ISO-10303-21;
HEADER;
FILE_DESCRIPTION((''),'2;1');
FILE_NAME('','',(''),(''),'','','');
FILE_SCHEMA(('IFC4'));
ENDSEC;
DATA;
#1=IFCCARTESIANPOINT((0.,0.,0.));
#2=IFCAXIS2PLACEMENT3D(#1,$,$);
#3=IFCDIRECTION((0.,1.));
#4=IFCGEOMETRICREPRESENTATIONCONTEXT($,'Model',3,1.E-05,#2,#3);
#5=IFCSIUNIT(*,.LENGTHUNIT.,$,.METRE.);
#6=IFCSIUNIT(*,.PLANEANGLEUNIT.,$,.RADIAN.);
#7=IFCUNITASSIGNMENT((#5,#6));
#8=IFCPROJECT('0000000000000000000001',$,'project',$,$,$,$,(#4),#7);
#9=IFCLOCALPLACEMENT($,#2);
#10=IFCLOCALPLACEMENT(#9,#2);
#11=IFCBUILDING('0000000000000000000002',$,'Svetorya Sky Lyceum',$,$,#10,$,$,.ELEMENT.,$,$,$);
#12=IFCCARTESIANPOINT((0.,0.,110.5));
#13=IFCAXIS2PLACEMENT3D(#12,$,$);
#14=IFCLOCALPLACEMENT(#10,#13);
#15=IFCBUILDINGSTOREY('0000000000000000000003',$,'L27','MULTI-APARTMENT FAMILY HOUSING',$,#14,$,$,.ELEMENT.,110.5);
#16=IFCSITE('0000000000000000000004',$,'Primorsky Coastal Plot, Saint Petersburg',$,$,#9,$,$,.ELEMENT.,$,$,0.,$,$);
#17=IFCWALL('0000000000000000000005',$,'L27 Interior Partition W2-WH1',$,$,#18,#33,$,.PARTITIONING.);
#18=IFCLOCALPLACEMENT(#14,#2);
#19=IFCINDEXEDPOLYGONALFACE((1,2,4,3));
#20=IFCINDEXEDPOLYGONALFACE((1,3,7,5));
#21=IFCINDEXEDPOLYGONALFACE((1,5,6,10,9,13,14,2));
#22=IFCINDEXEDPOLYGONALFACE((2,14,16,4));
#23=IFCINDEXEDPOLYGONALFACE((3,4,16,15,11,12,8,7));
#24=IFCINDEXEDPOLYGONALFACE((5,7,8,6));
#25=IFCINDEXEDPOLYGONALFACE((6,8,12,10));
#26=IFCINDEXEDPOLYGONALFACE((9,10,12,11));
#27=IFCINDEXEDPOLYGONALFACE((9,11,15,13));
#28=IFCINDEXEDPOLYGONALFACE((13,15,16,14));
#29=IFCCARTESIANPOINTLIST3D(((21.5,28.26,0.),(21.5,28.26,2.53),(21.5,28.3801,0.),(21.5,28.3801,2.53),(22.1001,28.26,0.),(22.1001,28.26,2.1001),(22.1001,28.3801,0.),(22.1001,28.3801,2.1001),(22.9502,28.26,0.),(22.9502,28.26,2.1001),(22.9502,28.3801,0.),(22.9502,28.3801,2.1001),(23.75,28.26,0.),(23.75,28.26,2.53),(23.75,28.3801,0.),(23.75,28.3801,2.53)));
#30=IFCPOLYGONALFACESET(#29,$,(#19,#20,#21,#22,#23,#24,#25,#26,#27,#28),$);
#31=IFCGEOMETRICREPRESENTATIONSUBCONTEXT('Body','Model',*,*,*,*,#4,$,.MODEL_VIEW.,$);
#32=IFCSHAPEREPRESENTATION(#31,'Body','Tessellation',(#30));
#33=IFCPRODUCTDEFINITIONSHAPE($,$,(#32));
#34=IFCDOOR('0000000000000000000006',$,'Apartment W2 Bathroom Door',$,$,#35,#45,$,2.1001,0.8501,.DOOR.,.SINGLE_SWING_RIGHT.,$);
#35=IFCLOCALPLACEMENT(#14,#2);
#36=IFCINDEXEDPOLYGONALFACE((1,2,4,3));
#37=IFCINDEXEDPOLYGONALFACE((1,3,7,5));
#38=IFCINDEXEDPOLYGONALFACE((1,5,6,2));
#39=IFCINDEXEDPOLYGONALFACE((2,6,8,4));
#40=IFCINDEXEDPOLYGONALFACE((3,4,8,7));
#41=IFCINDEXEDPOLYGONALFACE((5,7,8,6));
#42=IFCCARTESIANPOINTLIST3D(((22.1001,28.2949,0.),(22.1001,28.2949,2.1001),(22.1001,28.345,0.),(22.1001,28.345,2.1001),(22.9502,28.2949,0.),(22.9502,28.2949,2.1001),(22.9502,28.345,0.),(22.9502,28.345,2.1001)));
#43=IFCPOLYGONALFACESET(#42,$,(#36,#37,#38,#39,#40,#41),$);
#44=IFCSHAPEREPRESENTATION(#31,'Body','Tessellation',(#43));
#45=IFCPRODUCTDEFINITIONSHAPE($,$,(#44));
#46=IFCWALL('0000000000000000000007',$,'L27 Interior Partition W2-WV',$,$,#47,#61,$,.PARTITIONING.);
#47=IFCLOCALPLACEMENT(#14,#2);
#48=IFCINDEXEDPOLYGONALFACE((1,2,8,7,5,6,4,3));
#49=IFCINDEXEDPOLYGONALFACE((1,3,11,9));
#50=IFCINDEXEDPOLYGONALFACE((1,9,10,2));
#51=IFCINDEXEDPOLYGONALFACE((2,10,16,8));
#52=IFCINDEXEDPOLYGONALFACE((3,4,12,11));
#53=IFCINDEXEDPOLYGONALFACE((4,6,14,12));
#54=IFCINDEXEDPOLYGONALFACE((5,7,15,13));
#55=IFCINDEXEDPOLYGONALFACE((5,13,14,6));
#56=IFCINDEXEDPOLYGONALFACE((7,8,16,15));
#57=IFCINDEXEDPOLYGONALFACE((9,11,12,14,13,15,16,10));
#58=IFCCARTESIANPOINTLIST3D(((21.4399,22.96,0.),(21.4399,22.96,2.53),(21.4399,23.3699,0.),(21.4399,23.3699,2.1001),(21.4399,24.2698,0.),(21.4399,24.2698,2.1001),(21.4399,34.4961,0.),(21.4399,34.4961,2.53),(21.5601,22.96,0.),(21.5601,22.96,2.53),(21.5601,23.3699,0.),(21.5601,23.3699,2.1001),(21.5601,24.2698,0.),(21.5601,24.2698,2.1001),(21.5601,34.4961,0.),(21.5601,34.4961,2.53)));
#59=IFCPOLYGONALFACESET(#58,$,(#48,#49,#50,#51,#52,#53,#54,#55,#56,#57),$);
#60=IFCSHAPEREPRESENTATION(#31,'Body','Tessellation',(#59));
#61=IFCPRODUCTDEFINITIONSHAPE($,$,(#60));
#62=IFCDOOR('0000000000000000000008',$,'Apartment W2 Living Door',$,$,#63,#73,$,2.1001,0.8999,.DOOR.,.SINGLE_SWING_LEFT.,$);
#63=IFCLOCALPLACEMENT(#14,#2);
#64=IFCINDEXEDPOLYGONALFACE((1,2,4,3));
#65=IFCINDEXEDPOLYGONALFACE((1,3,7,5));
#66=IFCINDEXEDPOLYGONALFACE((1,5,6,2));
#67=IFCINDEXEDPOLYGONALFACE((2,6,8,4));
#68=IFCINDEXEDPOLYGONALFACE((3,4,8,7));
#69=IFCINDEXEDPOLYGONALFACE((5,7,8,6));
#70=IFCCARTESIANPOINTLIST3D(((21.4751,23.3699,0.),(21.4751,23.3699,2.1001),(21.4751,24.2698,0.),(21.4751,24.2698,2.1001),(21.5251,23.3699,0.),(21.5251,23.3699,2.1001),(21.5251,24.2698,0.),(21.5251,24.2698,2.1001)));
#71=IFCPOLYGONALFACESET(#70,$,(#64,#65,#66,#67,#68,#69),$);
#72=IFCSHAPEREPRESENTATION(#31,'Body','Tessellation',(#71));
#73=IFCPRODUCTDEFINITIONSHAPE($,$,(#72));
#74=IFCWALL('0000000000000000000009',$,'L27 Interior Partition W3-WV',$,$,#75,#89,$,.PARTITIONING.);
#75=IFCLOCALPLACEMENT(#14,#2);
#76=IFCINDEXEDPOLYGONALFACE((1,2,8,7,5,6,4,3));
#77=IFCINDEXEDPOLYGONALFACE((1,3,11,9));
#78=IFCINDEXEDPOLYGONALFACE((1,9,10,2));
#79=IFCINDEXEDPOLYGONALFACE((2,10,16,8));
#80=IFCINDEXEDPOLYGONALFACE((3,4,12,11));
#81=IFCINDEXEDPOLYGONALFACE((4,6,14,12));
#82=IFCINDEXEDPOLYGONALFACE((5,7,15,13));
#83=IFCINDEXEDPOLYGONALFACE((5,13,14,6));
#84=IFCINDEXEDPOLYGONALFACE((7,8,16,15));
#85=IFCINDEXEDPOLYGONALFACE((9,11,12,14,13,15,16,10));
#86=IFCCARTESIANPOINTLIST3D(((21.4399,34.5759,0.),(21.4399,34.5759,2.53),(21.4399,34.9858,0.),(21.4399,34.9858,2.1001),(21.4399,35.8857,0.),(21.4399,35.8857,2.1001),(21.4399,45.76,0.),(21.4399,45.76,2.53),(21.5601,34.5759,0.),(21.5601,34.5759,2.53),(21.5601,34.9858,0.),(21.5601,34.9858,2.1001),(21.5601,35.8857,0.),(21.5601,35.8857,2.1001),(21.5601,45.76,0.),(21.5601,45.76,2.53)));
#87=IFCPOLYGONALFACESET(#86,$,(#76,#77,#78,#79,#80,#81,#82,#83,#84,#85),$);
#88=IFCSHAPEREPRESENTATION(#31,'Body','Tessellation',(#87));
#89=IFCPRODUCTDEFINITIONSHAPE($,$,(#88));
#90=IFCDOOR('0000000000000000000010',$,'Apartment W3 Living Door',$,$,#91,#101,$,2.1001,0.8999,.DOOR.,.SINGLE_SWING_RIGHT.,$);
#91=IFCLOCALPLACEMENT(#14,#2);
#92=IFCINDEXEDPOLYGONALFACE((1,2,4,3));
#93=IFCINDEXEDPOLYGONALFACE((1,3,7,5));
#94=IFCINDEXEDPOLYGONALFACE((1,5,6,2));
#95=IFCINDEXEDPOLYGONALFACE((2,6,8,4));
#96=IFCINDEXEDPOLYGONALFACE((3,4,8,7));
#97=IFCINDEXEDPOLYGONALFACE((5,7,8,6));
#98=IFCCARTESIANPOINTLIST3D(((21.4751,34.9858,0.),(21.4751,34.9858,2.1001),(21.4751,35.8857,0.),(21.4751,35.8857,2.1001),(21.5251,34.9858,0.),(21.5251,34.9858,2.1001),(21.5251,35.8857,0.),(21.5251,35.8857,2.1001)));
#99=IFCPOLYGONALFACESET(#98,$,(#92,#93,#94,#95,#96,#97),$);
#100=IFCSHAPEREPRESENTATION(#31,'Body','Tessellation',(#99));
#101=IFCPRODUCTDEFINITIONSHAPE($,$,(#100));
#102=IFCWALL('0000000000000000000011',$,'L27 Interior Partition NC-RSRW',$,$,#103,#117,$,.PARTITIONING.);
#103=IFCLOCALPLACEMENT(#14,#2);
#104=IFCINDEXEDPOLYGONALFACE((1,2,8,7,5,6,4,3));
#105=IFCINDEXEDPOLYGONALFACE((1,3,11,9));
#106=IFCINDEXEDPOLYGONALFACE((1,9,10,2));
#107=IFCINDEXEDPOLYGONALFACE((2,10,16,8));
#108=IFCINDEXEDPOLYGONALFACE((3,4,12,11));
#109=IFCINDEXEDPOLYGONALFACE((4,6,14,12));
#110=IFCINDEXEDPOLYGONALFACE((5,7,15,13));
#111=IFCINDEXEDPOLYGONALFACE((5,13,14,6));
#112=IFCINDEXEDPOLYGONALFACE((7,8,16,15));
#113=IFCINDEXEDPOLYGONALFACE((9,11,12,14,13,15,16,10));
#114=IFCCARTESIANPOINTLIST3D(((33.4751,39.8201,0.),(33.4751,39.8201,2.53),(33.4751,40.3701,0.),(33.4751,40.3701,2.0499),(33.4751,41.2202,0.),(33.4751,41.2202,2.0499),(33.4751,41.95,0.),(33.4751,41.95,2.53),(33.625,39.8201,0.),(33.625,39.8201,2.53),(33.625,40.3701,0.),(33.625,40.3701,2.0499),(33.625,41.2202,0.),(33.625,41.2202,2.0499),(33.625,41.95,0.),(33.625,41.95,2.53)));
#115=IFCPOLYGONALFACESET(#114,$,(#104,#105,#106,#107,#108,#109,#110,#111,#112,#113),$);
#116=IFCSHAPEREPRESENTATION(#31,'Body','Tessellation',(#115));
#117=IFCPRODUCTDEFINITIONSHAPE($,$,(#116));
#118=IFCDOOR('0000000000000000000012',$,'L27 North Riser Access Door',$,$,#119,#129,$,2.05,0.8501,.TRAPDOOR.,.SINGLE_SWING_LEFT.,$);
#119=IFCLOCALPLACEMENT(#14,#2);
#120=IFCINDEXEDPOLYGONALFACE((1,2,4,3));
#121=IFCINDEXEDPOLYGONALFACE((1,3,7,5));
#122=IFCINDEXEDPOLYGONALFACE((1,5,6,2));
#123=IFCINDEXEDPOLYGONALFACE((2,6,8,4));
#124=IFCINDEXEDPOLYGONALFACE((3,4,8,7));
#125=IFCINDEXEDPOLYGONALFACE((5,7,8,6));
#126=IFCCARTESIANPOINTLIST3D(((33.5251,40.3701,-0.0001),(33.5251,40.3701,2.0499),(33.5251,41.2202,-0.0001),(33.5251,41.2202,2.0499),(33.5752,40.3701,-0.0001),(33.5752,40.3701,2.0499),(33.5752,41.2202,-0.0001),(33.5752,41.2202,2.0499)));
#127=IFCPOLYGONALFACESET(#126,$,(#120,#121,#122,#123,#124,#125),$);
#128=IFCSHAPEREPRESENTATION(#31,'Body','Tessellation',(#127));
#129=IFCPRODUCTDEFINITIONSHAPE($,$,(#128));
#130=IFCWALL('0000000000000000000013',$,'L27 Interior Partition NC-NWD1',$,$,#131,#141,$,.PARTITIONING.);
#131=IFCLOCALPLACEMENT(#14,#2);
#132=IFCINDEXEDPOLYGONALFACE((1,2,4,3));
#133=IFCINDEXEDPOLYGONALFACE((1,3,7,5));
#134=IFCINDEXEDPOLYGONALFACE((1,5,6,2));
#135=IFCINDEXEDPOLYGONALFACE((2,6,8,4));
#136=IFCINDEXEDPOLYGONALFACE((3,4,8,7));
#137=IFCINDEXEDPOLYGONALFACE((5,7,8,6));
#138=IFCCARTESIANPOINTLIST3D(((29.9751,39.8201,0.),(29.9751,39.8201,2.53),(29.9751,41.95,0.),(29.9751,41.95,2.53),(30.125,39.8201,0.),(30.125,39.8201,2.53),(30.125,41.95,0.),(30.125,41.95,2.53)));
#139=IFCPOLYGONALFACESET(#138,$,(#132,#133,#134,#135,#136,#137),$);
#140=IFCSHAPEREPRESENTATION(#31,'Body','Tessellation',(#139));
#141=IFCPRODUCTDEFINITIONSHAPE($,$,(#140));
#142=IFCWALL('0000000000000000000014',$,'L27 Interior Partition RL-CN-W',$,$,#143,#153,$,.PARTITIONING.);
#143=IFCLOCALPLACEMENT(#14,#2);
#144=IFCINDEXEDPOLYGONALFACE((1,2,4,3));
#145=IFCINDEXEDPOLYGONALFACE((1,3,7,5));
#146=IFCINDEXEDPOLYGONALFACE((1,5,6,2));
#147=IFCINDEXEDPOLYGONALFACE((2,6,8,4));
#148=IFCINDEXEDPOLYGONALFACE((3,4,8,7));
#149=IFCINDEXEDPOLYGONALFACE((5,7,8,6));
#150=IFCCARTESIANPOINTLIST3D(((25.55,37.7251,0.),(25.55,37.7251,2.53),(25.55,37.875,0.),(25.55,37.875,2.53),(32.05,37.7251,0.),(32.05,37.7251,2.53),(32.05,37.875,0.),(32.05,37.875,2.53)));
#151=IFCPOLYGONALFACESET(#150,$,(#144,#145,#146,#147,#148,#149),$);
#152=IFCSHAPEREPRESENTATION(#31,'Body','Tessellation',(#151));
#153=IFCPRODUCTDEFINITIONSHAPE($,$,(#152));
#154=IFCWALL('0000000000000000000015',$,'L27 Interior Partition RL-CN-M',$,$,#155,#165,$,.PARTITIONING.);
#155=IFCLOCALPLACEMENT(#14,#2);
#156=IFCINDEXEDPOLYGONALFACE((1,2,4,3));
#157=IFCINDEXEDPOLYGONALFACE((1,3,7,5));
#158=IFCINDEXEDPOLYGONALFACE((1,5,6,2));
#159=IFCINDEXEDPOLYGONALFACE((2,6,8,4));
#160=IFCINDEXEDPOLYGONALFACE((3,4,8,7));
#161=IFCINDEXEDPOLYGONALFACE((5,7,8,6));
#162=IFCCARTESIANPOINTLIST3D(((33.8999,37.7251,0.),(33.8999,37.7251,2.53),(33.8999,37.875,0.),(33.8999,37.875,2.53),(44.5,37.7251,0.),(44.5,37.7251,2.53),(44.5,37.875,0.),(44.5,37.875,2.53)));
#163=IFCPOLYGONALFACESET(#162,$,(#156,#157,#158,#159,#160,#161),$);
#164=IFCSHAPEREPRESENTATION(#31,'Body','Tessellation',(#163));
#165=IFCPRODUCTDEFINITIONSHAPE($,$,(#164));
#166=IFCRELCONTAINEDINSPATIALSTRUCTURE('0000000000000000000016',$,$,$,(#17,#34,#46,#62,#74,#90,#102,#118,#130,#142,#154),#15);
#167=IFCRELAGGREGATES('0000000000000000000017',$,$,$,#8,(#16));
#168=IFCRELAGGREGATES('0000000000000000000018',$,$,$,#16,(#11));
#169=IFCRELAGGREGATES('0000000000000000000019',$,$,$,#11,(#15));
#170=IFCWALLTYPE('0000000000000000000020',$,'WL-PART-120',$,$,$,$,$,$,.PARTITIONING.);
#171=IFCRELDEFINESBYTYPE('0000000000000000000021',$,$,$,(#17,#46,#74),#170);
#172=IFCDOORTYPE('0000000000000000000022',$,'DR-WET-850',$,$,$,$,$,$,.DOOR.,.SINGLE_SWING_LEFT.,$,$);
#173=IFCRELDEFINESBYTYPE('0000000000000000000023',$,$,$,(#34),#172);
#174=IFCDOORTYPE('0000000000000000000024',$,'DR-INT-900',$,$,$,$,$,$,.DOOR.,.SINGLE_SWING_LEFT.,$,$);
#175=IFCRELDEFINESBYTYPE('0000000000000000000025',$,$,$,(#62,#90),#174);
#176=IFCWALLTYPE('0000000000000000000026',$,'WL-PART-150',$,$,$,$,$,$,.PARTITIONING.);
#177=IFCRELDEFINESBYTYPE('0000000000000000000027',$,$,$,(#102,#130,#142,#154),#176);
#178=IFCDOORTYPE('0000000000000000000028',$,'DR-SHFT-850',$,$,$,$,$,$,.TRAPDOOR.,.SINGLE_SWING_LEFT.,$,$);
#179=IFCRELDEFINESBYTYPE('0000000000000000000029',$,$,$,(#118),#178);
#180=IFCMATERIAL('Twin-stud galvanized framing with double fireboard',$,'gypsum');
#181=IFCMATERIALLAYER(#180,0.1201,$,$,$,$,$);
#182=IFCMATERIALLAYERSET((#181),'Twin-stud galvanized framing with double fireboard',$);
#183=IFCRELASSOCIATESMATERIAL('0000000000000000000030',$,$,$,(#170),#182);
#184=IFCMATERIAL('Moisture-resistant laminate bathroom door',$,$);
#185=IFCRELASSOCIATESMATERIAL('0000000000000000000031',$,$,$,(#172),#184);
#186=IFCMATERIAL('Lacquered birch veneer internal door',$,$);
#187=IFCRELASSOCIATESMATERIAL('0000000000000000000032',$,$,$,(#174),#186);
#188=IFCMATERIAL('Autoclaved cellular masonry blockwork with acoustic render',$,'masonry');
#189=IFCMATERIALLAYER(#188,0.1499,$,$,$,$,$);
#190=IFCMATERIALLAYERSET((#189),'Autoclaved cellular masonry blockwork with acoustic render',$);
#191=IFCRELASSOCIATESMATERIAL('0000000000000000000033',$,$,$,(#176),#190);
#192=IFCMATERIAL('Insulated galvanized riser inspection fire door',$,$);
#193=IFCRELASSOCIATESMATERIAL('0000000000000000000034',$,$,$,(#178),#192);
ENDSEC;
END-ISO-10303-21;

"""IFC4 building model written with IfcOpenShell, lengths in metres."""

from ifc_helpers import new_model, si_unit, direction, frame, frame_2d, origin, place, context, subcontext, project, spatial, rectangle, extrude, material, layer, layer_set, type_object, element, fill, save


model = new_model("IFC4")

# Units and contexts
model_context = context("Model", 3, precision=1e-05, world=origin(), true_north=direction((0.0, 1.0)))
body_context = subcontext(model_context, "Body", "Model", "MODEL_VIEW")
ifc_project = project(units=[si_unit("LENGTHUNIT", "METRE"), si_unit("PLANEANGLEUNIT", "RADIAN")], contexts=[model_context])

# Site, building, storey
site_placement = place(None, origin())
site = spatial("IfcSite", under=ifc_project, at=site_placement, Name="Primorsky Coastal Plot, Saint Petersburg", CompositionType="ELEMENT", RefElevation=0.0)
building_placement = place(site_placement, origin())
building = spatial("IfcBuilding", under=site, at=building_placement, Name="Svetorya Sky Lyceum", CompositionType="ELEMENT")
storey_placement = place(building_placement, frame((0.0, 0.0, 110.5)))
storey = spatial("IfcBuildingStorey", under=building, at=storey_placement, Name="L27", Description="MULTI-APARTMENT FAMILY HOUSING", CompositionType="ELEMENT", Elevation=110.5)

# Walls, openings, doors
ifc_material_1 = material(Name="Twin-stud galvanized framing with double fireboard", Category="gypsum")
ifc_layer_1 = layer(ifc_material_1, 0.1201)
ifc_layer_set_1 = layer_set([ifc_layer_1], Name="Twin-stud galvanized framing with double fireboard")
wall_type_1 = type_object("IfcWallType", Name="WL-PART-120", PredefinedType="PARTITIONING", material=ifc_layer_set_1)
wall_1_placement = place(storey_placement, frame((21.5, 28.3201, 0.0), z_axis=(0.0, 0.0, 1.0), x_axis=(1.0, 0.0, 0.0)))
wall_1 = element("IfcWall", 1, at=wall_1_placement, inside=storey, type_object=wall_type_1, Name="L27 Interior Partition W2-WH1", PredefinedType="PARTITIONING", context=body_context, shape_type="SweptSolid", body=[
    extrude(rectangle(XDim=2.25, YDim=0.1201, at=frame_2d((1.125, 0.0))), origin(), (0.0, 0.0, 1.0), 2.53),
])
opening_1_placement = place(wall_1_placement, frame((0.6001, 0.0, 0.0)))
opening_1 = element("IfcOpeningElement", 2, at=opening_1_placement, cuts=wall_1, PredefinedType="OPENING", context=body_context, shape_type="SweptSolid", body=[
    extrude(rectangle(XDim=0.8501, YDim=2.1001, at=frame_2d((0.425, 1.05))), frame((0.0, 0.0701, 0.0), z_axis=(0.0, -1.0, 0.0), x_axis=(1.0, 0.0, 0.0)), (0.0, 0.0, 1.0), 0.1401),
])
ifc_material_2 = material(Name="Moisture-resistant laminate bathroom door")
door_type_1 = type_object("IfcDoorType", Name="DR-WET-850", OperationType="SINGLE_SWING_LEFT", PredefinedType="DOOR", material=ifc_material_2)
door_1_placement = place(opening_1_placement, origin())
door_1 = element("IfcDoor", 3, at=door_1_placement, inside=storey, type_object=door_type_1, Name="Apartment W2 Bathroom Door", OperationType="SINGLE_SWING_RIGHT", OverallHeight=2.1001, OverallWidth=0.8501, PredefinedType="DOOR", context=body_context, shape_type="SweptSolid", body=[
    extrude(rectangle(XDim=0.8501, YDim=2.1001, at=frame_2d((0.425, 1.05))), frame((0.0, 0.0249, 0.0), z_axis=(0.0, -1.0, 0.0), x_axis=(1.0, 0.0, 0.0)), (0.0, 0.0, 1.0), 0.05),
])
fill(opening_1, door_1)
wall_2_placement = place(storey_placement, frame((21.5, 22.96, 0.0), z_axis=(0.0, 0.0, 1.0), x_axis=(0.0, 1.0, 0.0)))
wall_2 = element("IfcWall", 4, at=wall_2_placement, inside=storey, type_object=wall_type_1, Name="L27 Interior Partition W2-WV", PredefinedType="PARTITIONING", context=body_context, shape_type="SweptSolid", body=[
    extrude(rectangle(XDim=11.5361, YDim=0.1201, at=frame_2d((5.7681, 0.0))), origin(), (0.0, 0.0, 1.0), 2.53),
])
opening_2_placement = place(wall_2_placement, frame((0.4099, 0.0, 0.0)))
opening_2 = element("IfcOpeningElement", 5, at=opening_2_placement, cuts=wall_2, PredefinedType="OPENING", context=body_context, shape_type="SweptSolid", body=[
    extrude(rectangle(XDim=0.8999, YDim=2.1001, at=frame_2d((0.45, 1.05))), frame((0.0, 0.0701, 0.0), z_axis=(0.0, -1.0, 0.0), x_axis=(1.0, 0.0, 0.0)), (0.0, 0.0, 1.0), 0.1401),
])
ifc_material_3 = material(Name="Lacquered birch veneer internal door")
door_type_2 = type_object("IfcDoorType", Name="DR-INT-900", OperationType="SINGLE_SWING_LEFT", PredefinedType="DOOR", material=ifc_material_3)
door_2_placement = place(opening_2_placement, origin())
door_2 = element("IfcDoor", 6, at=door_2_placement, inside=storey, type_object=door_type_2, Name="Apartment W2 Living Door", OperationType="SINGLE_SWING_LEFT", OverallHeight=2.1001, OverallWidth=0.8999, PredefinedType="DOOR", context=body_context, shape_type="SweptSolid", body=[
    extrude(rectangle(XDim=0.8999, YDim=2.1001, at=frame_2d((0.45, 1.05))), frame((0.0, 0.0249, 0.0), z_axis=(0.0, -1.0, 0.0), x_axis=(1.0, 0.0, 0.0)), (0.0, 0.0, 1.0), 0.05),
])
fill(opening_2, door_2)
wall_3_placement = place(storey_placement, frame((21.5, 34.5759, 0.0), z_axis=(0.0, 0.0, 1.0), x_axis=(0.0, 1.0, 0.0)))
wall_3 = element("IfcWall", 7, at=wall_3_placement, inside=storey, type_object=wall_type_1, Name="L27 Interior Partition W3-WV", PredefinedType="PARTITIONING", context=body_context, shape_type="SweptSolid", body=[
    extrude(rectangle(XDim=11.1841, YDim=0.1201, at=frame_2d((5.592, 0.0))), origin(), (0.0, 0.0, 1.0), 2.53),
])
opening_3_placement = place(wall_3_placement, frame((0.4099, 0.0, 0.0)))
opening_3 = element("IfcOpeningElement", 8, at=opening_3_placement, cuts=wall_3, PredefinedType="OPENING", context=body_context, shape_type="SweptSolid", body=[
    extrude(rectangle(XDim=0.8999, YDim=2.1001, at=frame_2d((0.45, 1.05))), frame((0.0, 0.0701, 0.0), z_axis=(0.0, -1.0, 0.0), x_axis=(1.0, 0.0, 0.0)), (0.0, 0.0, 1.0), 0.1401),
])
door_3_placement = place(opening_3_placement, origin())
door_3 = element("IfcDoor", 9, at=door_3_placement, inside=storey, type_object=door_type_2, Name="Apartment W3 Living Door", OperationType="SINGLE_SWING_RIGHT", OverallHeight=2.1001, OverallWidth=0.8999, PredefinedType="DOOR", context=body_context, shape_type="SweptSolid", body=[
    extrude(rectangle(XDim=0.8999, YDim=2.1001, at=frame_2d((0.45, 1.05))), frame((0.0, 0.0249, 0.0), z_axis=(0.0, -1.0, 0.0), x_axis=(1.0, 0.0, 0.0)), (0.0, 0.0, 1.0), 0.05),
])
fill(opening_3, door_3)
ifc_material_4 = material(Name="Autoclaved cellular masonry blockwork with acoustic render", Category="masonry")
ifc_layer_2 = layer(ifc_material_4, 0.1499)
ifc_layer_set_2 = layer_set([ifc_layer_2], Name="Autoclaved cellular masonry blockwork with acoustic render")
wall_type_2 = type_object("IfcWallType", Name="WL-PART-150", PredefinedType="PARTITIONING", material=ifc_layer_set_2)
wall_4_placement = place(storey_placement, frame((33.55, 39.8201, 0.0), z_axis=(0.0, 0.0, 1.0), x_axis=(0.0, 1.0, 0.0)))
wall_4 = element("IfcWall", 10, at=wall_4_placement, inside=storey, type_object=wall_type_2, Name="L27 Interior Partition NC-RSRW", PredefinedType="PARTITIONING", context=body_context, shape_type="SweptSolid", body=[
    extrude(rectangle(XDim=2.1299, YDim=0.1499, at=frame_2d((1.0649, 0.0))), origin(), (0.0, 0.0, 1.0), 2.53),
])
opening_4_placement = place(wall_4_placement, frame((0.55, 0.0, 0.0)))
opening_4 = element("IfcOpeningElement", 11, at=opening_4_placement, cuts=wall_4, PredefinedType="OPENING", context=body_context, shape_type="SweptSolid", body=[
    extrude(rectangle(XDim=0.8501, YDim=2.05, at=frame_2d((0.425, 1.0249))), frame((0.0, 0.085, 0.0), z_axis=(0.0, -1.0, 0.0), x_axis=(1.0, 0.0, 0.0)), (0.0, 0.0, 1.0), 0.1699),
])
ifc_material_5 = material(Name="Insulated galvanized riser inspection fire door")
door_type_3 = type_object("IfcDoorType", Name="DR-SHFT-850", OperationType="SINGLE_SWING_LEFT", PredefinedType="TRAPDOOR", material=ifc_material_5)
door_4_placement = place(opening_4_placement, origin())
door_4 = element("IfcDoor", 12, at=door_4_placement, inside=storey, type_object=door_type_3, Name="L27 North Riser Access Door", OperationType="SINGLE_SWING_LEFT", OverallHeight=2.05, OverallWidth=0.8501, PredefinedType="TRAPDOOR", context=body_context, shape_type="SweptSolid", body=[
    extrude(rectangle(XDim=0.8501, YDim=2.05, at=frame_2d((0.425, 1.0249))), frame((0.0, 0.0249, 0.0), z_axis=(0.0, -1.0, 0.0), x_axis=(1.0, 0.0, 0.0)), (0.0, 0.0, 1.0), 0.05),
])
fill(opening_4, door_4)

# Walls
wall_5_placement = place(storey_placement, frame((30.05, 39.8201, 0.0), z_axis=(0.0, 0.0, 1.0), x_axis=(0.0, 1.0, 0.0)))
element("IfcWall", 13, at=wall_5_placement, inside=storey, type_object=wall_type_2, Name="L27 Interior Partition NC-NWD1", PredefinedType="PARTITIONING", context=body_context, shape_type="SweptSolid", body=[
    extrude(rectangle(XDim=2.1299, YDim=0.1499, at=frame_2d((1.0649, 0.0))), origin(), (0.0, 0.0, 1.0), 2.53),
])
wall_6_placement = place(storey_placement, frame((25.55, 37.8, 0.0), z_axis=(0.0, 0.0, 1.0), x_axis=(1.0, 0.0, 0.0)))
element("IfcWall", 14, at=wall_6_placement, inside=storey, type_object=wall_type_2, Name="L27 Interior Partition RL-CN-W", PredefinedType="PARTITIONING", context=body_context, shape_type="SweptSolid", body=[
    extrude(rectangle(XDim=6.5, YDim=0.1499, at=frame_2d((3.25, 0.0))), origin(), (0.0, 0.0, 1.0), 2.53),
])
wall_7_placement = place(storey_placement, frame((33.8999, 37.8, 0.0), z_axis=(0.0, 0.0, 1.0), x_axis=(1.0, 0.0, 0.0)))
element("IfcWall", 15, at=wall_7_placement, inside=storey, type_object=wall_type_2, Name="L27 Interior Partition RL-CN-M", PredefinedType="PARTITIONING", context=body_context, shape_type="SweptSolid", body=[
    extrude(rectangle(XDim=10.6001, YDim=0.1499, at=frame_2d((5.3, 0.0))), origin(), (0.0, 0.0, 1.0), 2.53),
])

save(model, "model.ifc")
